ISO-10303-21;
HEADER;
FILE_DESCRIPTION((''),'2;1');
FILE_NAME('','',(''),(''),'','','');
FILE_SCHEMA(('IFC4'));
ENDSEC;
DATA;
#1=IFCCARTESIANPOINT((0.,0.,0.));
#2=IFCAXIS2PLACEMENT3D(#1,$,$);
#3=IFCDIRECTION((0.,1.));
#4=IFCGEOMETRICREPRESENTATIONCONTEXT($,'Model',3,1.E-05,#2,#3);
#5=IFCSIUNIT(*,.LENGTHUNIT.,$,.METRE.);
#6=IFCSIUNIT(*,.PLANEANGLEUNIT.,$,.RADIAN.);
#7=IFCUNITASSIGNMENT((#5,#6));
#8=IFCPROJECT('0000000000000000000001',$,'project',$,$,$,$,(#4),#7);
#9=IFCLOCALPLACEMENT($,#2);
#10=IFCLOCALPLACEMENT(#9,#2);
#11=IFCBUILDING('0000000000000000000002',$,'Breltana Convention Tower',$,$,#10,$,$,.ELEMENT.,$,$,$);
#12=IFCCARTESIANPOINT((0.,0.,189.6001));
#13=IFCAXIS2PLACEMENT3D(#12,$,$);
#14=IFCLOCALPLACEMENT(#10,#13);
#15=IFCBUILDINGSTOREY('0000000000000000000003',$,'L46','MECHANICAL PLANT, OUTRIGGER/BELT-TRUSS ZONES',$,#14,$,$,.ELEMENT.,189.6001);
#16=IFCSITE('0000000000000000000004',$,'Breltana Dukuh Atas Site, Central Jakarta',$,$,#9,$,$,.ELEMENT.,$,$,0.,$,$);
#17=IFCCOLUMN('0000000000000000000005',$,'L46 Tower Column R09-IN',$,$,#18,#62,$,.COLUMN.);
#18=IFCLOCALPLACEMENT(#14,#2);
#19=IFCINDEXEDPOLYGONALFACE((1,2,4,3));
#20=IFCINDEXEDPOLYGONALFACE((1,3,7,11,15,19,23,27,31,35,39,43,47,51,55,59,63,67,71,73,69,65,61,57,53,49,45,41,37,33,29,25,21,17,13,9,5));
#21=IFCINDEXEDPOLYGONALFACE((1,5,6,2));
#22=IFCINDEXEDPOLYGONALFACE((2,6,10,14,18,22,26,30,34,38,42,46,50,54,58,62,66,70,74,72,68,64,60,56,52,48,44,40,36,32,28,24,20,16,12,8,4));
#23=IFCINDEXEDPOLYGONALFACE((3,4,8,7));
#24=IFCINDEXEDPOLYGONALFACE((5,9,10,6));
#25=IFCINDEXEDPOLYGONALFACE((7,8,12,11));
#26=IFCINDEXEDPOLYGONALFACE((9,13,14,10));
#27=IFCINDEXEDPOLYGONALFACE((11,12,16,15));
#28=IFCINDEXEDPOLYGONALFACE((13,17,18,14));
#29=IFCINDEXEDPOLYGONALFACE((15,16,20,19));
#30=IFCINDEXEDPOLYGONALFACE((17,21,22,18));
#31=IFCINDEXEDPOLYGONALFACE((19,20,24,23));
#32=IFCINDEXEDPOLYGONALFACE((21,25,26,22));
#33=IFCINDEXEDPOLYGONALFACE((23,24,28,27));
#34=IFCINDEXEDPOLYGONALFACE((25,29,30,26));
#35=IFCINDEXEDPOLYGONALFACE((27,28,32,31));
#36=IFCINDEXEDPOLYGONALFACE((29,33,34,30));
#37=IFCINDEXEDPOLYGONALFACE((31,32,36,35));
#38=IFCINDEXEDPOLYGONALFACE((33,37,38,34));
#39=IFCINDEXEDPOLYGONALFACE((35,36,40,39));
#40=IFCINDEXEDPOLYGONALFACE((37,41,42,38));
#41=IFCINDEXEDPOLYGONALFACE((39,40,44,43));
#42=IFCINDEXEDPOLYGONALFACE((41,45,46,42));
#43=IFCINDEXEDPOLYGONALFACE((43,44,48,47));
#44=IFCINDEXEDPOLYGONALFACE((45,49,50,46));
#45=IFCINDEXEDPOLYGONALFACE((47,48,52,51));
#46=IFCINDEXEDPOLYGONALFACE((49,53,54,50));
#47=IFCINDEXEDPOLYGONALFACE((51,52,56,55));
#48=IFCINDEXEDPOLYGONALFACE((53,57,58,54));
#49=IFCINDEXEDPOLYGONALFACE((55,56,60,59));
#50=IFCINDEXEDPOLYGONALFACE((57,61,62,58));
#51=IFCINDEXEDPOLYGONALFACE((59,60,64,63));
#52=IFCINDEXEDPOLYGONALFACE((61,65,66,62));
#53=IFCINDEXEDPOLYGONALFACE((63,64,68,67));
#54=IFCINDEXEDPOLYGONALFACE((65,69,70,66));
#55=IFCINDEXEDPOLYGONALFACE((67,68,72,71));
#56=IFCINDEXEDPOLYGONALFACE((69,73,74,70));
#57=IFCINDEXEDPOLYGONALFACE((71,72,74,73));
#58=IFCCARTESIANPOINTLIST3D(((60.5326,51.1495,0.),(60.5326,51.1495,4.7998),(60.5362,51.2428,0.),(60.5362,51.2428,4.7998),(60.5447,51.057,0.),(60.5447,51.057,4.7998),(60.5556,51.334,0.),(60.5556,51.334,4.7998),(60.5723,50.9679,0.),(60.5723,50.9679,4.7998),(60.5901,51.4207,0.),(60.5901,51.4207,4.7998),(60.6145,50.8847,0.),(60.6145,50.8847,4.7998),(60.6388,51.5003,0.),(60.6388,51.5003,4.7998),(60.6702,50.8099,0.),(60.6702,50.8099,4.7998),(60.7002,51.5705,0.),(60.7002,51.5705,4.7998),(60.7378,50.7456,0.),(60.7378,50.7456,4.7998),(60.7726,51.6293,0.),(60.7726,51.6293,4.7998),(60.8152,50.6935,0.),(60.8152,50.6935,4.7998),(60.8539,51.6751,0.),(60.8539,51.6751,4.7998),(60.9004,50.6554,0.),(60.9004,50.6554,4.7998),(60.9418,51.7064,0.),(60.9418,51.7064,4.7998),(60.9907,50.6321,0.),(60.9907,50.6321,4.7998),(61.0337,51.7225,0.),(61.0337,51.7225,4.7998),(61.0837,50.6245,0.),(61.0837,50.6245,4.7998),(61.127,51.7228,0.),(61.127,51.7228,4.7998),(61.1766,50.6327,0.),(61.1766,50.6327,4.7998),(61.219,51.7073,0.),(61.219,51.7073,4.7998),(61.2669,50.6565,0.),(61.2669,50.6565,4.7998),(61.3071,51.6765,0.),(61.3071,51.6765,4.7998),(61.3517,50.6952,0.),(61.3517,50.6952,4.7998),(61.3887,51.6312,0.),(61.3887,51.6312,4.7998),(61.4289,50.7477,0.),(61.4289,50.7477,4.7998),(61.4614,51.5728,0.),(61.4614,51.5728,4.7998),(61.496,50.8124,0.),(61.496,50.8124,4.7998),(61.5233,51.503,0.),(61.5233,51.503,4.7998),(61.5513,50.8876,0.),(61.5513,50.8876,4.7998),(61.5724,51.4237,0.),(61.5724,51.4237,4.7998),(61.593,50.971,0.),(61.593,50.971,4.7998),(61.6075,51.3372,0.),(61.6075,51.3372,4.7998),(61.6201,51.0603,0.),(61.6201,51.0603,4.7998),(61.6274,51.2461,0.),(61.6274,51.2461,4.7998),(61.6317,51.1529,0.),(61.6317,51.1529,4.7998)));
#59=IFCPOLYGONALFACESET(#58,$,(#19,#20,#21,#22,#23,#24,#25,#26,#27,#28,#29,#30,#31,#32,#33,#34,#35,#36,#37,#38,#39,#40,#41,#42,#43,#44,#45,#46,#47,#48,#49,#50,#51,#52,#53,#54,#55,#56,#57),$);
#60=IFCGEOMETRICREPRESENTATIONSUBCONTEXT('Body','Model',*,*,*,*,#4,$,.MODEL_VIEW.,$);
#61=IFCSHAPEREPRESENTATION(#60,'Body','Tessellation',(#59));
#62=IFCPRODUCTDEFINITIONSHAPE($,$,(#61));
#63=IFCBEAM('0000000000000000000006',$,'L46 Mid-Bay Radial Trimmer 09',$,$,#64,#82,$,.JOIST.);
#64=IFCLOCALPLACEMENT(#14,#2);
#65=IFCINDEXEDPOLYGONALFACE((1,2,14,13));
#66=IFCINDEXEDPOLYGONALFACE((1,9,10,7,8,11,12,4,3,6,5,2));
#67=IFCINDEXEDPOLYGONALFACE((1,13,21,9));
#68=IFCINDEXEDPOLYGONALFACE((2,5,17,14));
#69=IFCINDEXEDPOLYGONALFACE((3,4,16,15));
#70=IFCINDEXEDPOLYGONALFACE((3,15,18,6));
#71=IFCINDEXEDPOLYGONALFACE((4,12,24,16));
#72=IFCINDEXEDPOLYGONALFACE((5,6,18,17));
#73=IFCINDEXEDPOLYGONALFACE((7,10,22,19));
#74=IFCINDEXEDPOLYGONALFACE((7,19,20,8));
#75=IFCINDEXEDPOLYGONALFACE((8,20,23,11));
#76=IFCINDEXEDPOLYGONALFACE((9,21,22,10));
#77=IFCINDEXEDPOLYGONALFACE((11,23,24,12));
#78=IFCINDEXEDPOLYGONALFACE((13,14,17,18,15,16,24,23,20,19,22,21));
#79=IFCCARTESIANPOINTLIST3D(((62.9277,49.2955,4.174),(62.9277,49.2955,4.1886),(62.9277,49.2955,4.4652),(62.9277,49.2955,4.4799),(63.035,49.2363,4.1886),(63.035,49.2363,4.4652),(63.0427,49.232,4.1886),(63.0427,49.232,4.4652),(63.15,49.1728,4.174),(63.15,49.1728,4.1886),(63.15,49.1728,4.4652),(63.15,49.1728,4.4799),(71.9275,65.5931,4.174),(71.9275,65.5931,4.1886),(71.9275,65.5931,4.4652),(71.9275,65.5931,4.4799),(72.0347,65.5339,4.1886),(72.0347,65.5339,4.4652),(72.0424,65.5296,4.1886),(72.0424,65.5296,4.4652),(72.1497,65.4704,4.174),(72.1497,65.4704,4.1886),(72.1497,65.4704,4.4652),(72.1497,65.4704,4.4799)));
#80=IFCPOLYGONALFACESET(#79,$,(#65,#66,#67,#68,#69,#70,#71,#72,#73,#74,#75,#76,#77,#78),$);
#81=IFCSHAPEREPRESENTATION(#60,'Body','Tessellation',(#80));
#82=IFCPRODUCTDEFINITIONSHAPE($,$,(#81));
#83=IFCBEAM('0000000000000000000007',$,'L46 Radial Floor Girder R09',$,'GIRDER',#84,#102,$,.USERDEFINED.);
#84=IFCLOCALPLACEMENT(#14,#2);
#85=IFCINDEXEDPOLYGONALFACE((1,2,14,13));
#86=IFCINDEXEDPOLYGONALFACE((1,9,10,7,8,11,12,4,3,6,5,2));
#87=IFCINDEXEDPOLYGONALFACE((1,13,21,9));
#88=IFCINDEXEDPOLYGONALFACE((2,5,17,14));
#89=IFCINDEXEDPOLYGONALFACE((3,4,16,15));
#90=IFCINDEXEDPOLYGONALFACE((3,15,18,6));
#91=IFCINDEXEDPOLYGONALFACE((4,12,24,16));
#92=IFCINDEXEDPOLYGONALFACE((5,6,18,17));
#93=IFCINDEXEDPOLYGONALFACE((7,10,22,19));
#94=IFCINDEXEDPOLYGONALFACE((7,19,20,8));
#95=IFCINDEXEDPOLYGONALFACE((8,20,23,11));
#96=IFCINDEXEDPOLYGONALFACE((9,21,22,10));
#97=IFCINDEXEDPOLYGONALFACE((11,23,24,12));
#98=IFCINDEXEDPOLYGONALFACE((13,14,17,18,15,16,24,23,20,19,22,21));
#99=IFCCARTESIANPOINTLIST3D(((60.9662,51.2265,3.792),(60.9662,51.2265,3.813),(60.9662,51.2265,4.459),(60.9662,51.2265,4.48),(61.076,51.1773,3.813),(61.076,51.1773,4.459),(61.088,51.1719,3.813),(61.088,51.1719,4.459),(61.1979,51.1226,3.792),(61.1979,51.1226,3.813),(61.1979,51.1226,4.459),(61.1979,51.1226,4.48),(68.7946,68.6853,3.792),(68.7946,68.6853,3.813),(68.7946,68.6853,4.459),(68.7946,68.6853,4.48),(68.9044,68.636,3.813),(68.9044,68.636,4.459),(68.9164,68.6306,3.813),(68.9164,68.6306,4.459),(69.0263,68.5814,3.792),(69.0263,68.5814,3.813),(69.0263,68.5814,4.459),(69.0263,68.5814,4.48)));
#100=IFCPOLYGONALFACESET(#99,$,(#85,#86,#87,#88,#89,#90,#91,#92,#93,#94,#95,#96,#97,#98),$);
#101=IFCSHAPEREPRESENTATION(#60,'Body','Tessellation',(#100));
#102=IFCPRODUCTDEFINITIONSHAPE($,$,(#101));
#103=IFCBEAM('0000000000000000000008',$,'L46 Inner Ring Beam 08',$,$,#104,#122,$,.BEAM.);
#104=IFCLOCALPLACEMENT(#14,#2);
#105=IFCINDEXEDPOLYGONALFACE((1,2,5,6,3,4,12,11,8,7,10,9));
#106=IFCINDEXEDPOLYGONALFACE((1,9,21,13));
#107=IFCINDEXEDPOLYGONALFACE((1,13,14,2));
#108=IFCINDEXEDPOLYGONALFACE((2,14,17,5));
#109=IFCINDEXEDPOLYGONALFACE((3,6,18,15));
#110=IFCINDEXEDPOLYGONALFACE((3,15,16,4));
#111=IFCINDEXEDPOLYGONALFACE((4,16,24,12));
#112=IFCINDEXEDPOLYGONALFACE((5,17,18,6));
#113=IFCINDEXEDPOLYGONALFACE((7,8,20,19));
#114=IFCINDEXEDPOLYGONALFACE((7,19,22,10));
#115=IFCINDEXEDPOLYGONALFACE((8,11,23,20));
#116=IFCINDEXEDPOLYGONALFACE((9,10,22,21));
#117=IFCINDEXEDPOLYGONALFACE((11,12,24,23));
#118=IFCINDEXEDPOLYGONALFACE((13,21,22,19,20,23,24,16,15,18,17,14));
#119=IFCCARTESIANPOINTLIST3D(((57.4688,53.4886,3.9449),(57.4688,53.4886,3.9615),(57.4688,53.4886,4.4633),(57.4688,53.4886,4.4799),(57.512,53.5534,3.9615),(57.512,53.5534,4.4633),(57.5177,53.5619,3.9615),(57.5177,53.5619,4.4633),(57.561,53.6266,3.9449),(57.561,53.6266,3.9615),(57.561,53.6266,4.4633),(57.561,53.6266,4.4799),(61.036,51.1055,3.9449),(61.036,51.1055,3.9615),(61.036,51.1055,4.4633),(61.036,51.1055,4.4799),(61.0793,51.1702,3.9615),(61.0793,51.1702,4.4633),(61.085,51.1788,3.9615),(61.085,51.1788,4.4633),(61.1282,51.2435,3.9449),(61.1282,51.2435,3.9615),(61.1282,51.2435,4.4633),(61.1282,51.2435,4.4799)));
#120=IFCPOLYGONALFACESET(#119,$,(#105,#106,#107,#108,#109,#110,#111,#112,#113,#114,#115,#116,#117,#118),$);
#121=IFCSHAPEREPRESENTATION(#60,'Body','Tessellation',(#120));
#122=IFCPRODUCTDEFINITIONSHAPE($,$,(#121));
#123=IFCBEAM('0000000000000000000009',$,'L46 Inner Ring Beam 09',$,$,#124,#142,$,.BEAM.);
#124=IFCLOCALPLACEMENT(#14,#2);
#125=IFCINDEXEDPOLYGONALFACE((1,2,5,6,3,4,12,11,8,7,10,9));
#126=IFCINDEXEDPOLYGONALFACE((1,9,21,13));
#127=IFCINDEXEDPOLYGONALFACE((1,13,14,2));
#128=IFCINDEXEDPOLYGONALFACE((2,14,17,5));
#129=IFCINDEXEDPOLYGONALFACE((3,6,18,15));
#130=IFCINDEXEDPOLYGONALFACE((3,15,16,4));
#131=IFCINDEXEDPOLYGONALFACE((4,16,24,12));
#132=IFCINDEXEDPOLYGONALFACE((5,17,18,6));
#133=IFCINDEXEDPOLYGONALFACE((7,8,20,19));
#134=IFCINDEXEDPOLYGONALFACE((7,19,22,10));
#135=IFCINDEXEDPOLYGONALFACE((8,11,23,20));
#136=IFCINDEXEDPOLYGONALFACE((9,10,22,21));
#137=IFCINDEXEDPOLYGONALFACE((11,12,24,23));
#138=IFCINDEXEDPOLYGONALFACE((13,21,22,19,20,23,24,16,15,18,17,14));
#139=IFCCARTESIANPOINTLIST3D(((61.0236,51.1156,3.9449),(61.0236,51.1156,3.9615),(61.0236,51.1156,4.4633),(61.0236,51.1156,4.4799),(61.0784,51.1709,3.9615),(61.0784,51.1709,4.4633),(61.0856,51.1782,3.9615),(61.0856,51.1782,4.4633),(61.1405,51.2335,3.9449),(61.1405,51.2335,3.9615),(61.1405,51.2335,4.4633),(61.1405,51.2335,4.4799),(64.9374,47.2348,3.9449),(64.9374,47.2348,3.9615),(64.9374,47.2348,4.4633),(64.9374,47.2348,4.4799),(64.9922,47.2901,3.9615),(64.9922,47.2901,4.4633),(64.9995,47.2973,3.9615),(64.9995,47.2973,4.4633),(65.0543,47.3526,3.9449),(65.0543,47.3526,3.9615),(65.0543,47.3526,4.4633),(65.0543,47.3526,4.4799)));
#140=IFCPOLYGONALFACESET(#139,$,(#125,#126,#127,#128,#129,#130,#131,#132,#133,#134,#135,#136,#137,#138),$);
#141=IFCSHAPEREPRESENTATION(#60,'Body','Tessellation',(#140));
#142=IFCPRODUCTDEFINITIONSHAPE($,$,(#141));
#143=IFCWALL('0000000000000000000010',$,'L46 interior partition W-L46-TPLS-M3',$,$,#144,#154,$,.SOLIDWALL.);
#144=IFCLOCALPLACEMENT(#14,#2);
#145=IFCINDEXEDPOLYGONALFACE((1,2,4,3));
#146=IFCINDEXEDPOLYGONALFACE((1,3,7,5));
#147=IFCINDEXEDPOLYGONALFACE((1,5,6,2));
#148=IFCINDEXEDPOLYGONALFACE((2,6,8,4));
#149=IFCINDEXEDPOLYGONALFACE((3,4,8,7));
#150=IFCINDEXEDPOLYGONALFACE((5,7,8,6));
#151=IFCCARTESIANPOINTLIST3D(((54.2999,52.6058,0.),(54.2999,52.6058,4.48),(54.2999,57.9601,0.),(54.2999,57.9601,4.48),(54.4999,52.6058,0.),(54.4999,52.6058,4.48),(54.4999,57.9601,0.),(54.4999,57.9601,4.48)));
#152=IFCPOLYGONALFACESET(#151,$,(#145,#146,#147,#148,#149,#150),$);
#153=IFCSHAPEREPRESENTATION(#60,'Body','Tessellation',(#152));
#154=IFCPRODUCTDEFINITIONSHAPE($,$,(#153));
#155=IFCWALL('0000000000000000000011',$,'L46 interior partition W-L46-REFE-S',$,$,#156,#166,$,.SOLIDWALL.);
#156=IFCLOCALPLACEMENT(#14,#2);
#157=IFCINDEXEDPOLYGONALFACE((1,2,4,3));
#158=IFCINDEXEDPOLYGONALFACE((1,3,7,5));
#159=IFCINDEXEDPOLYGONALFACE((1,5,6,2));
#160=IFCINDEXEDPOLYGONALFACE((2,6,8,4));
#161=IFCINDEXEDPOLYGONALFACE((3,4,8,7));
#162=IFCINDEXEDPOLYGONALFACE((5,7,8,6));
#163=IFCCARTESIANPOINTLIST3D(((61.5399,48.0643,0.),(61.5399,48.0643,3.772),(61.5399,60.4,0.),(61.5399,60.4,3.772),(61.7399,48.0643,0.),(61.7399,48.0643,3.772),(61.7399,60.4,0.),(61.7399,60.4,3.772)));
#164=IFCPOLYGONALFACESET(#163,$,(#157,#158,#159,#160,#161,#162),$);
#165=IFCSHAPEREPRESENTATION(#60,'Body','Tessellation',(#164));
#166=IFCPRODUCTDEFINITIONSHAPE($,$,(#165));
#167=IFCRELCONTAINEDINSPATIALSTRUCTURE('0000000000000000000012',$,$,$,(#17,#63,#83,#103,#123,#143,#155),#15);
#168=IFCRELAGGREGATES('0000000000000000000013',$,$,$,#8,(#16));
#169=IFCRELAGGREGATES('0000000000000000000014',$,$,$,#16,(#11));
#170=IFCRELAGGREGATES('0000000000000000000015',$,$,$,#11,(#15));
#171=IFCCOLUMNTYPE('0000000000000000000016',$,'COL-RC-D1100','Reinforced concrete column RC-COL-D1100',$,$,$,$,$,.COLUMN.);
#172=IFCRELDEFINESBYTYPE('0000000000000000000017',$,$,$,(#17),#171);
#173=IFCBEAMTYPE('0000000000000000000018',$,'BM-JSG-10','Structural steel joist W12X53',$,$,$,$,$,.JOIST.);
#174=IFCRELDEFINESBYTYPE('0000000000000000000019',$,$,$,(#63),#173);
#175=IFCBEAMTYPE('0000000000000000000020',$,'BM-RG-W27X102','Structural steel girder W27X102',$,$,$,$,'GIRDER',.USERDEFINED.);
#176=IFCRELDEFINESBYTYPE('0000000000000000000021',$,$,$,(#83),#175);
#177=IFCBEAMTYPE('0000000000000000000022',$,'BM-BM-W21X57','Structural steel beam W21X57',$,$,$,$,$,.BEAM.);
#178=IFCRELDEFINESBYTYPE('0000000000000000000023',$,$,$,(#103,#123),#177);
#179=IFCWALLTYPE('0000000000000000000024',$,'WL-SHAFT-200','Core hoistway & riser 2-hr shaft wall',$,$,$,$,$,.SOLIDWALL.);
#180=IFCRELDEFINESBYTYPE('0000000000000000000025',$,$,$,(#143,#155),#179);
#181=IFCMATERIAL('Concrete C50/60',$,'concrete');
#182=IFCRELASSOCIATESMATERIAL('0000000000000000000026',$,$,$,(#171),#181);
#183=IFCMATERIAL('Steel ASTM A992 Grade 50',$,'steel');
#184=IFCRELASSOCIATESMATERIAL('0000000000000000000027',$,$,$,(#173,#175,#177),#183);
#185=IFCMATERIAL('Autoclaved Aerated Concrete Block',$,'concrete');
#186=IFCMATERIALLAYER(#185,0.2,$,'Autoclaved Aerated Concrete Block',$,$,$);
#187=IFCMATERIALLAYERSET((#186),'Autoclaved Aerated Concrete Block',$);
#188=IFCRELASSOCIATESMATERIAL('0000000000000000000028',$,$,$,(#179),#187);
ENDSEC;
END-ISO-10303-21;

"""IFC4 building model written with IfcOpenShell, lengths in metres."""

from ifc_helpers import new_model, si_unit, direction, frame, frame_2d, origin, origin_2d, place, context, subcontext, project, spatial, rectangle, circle, i_section, extrude, source, transform, mapped, material, layer, layer_set, material_profile, profile_set, type_object, element, save


model = new_model("IFC4")

# Units and contexts
model_context = context("Model", 3, precision=1e-05, world=origin(), true_north=direction((0.0, 1.0)))
body_context = subcontext(model_context, "Body", "Model", "MODEL_VIEW")
ifc_project = project(units=[si_unit("LENGTHUNIT", "METRE"), si_unit("PLANEANGLEUNIT", "RADIAN")], contexts=[model_context])

# Site, building, storey
site_placement = place(None, origin())
site = spatial("IfcSite", under=ifc_project, at=site_placement, Name="Breltana Dukuh Atas Site, Central Jakarta", CompositionType="ELEMENT", RefElevation=0.0)
building_placement = place(site_placement, origin())
building = spatial("IfcBuilding", under=site, at=building_placement, Name="Breltana Convention Tower", CompositionType="ELEMENT")
storey_placement = place(building_placement, frame((0.0, 0.0, 189.6001)))
storey = spatial("IfcBuildingStorey", under=building, at=storey_placement, Name="L46", Description="MECHANICAL PLANT, OUTRIGGER/BELT-TRUSS ZONES", CompositionType="ELEMENT", Elevation=189.6001)

# Column
ifc_material_1 = material(Name="Concrete C50/60", Category="concrete")
ifc_material_profile_1 = material_profile(ifc_material_1, circle(Radius=0.55, at=origin_2d()), Name="RC-COL-D1100")
ifc_profile_set_1 = profile_set([ifc_material_profile_1], Name="Concrete C50/60")
column_type = type_object("IfcColumnType", Name="COL-RC-D1100", Description="Reinforced concrete column RC-COL-D1100", PredefinedType="COLUMN", material=ifc_profile_set_1)
shared_shape_1 = source(origin(), body_context, "Body", "SweptSolid", [
    extrude(circle(Radius=0.55, at=origin_2d()), origin(), (0.0, 0.0, 1.0), 4.7998),
])
for number, where, z_axis, x_axis, name in (
    (1, (61.082, 51.1746, 0.0), (0.0, 0.0, 1.0), (0.409127, 0.912477, 0.0), "L46 Tower Column R09-IN"),
):
    element("IfcColumn", number, at=place(storey_placement, frame(where, z_axis=z_axis, x_axis=x_axis)), inside=storey, type_object=column_type, Name=name, PredefinedType="COLUMN", context=body_context, shape_type="MappedRepresentation", body=[
        mapped(shared_shape_1, transform((0.0, 0.0, 0.0), scale=1.0)),
    ])

# Beams
ifc_material_2 = material(Name="Steel ASTM A992 Grade 50", Category="steel")
ifc_material_profile_2 = material_profile(ifc_material_2, i_section(OverallWidth=0.2539, OverallDepth=0.3059, WebThickness=0.0088, FlangeThickness=0.0146, at=origin_2d()), Name="W12X53")
ifc_profile_set_2 = profile_set([ifc_material_profile_2], Name="Steel ASTM A992 Grade 50")
beam_type_1 = type_object("IfcBeamType", Name="BM-JSG-10", Description="Structural steel joist W12X53", PredefinedType="JOIST", material=ifc_profile_set_2)
shared_shape_2 = source(origin(), body_context, "Body", "SweptSolid", [
    extrude(i_section(OverallWidth=0.2539, OverallDepth=0.3059, WebThickness=0.0088, FlangeThickness=0.0146, at=origin_2d()), origin(), (0.0, 0.0, 1.0), 18.6174),
])
beam_1_placement = place(storey_placement, frame((63.0388, 49.2341, 4.3269), z_axis=(0.483406, 0.875396, 0.0), x_axis=(-0.875396, 0.483406, 0.0)))
element("IfcBeam", 2, at=beam_1_placement, inside=storey, type_object=beam_type_1, Name="L46 Mid-Bay Radial Trimmer 09", PredefinedType="JOIST", context=body_context, shape_type="MappedRepresentation", body=[
    mapped(shared_shape_2, transform((0.0, 0.0, 0.0), scale=1.0)),
])
ifc_material_profile_3 = material_profile(ifc_material_2, i_section(OverallWidth=0.2539, OverallDepth=0.688, WebThickness=0.0132, FlangeThickness=0.021, at=origin_2d()), Name="W27X102")
ifc_profile_set_3 = profile_set([ifc_material_profile_3], Name="Steel ASTM A992 Grade 50")
beam_type_2 = type_object("IfcBeamType", Name="BM-RG-W27X102", Description="Structural steel girder W27X102", ElementType="GIRDER", PredefinedType="USERDEFINED", material=ifc_profile_set_3)
shared_shape_3 = source(origin(), body_context, "Body", "SweptSolid", [
    extrude(i_section(OverallWidth=0.2539, OverallDepth=0.688, WebThickness=0.0132, FlangeThickness=0.021, at=origin_2d()), origin(), (0.0, 0.0, 1.0), 19.1335),
])
beam_2_placement = place(storey_placement, frame((61.082, 51.1746, 4.136), z_axis=(0.409145, 0.91247, 0.0), x_axis=(-0.91247, 0.409145, 0.0)))
element("IfcBeam", 3, at=beam_2_placement, inside=storey, type_object=beam_type_2, Name="L46 Radial Floor Girder R09", ObjectType="GIRDER", PredefinedType="USERDEFINED", context=body_context, shape_type="MappedRepresentation", body=[
    mapped(shared_shape_3, transform((0.0, 0.0, 0.0), scale=1.0)),
])
ifc_material_profile_4 = material_profile(ifc_material_2, i_section(OverallWidth=0.166, OverallDepth=0.5349, WebThickness=0.0103, FlangeThickness=0.0166, at=origin_2d()), Name="W21X57")
ifc_profile_set_4 = profile_set([ifc_material_profile_4], Name="Steel ASTM A992 Grade 50")
beam_type_3 = type_object("IfcBeamType", Name="BM-BM-W21X57", Description="Structural steel beam W21X57", PredefinedType="BEAM", material=ifc_profile_set_4)
shared_shape_4 = source(origin(), body_context, "Body", "SweptSolid", [
    extrude(i_section(OverallWidth=0.166, OverallDepth=0.5349, WebThickness=0.0103, FlangeThickness=0.0166, at=origin_2d()), origin(), (0.0, 0.0, 1.0), 4.29),
])
beam_3_placement = place(storey_placement, frame((57.5149, 53.5576, 4.2124), z_axis=(0.831516, -0.555501, 0.0), x_axis=(0.555501, 0.831516, 0.0)))
element("IfcBeam", 4, at=beam_3_placement, inside=storey, type_object=beam_type_3, Name="L46 Inner Ring Beam 08", PredefinedType="BEAM", context=body_context, shape_type="MappedRepresentation", body=[
    mapped(shared_shape_4, transform((0.0, 0.0, 0.0), scale=1.0)),
])
shared_shape_5 = source(origin(), body_context, "Body", "SweptSolid", [
    extrude(i_section(OverallWidth=0.166, OverallDepth=0.5349, WebThickness=0.0103, FlangeThickness=0.0166, at=origin_2d()), origin(), (0.0, 0.0, 1.0), 5.5117),
])
beam_4_placement = place(storey_placement, frame((61.082, 51.1746, 4.2124), z_axis=(0.71009, -0.704111, 0.0), x_axis=(0.704111, 0.71009, 0.0)))
element("IfcBeam", 5, at=beam_4_placement, inside=storey, type_object=beam_type_3, Name="L46 Inner Ring Beam 09", PredefinedType="BEAM", context=body_context, shape_type="MappedRepresentation", body=[
    mapped(shared_shape_5, transform((0.0, 0.0, 0.0), scale=1.0)),
])

# Walls
ifc_material_3 = material(Name="Autoclaved Aerated Concrete Block", Category="concrete")
ifc_layer = layer(ifc_material_3, 0.2, Name="Autoclaved Aerated Concrete Block")
ifc_layer_set = layer_set([ifc_layer], Name="Autoclaved Aerated Concrete Block")
wall_type = type_object("IfcWallType", Name="WL-SHAFT-200", Description="Core hoistway & riser 2-hr shaft wall", PredefinedType="SOLIDWALL", material=ifc_layer_set)
shared_shape_6 = source(origin(), body_context, "Body", "SweptSolid", [
    extrude(rectangle(XDim=5.3542, YDim=0.2, at=frame_2d((2.6772, 0.0))), origin(), (0.0, 0.0, 1.0), 4.48),
])
wall_1_placement = place(storey_placement, frame((54.3999, 52.6057, 0.0), z_axis=(0.0, 0.0, 1.0), x_axis=(0.0, 1.0, 0.0)))
element("IfcWall", 6, at=wall_1_placement, inside=storey, type_object=wall_type, Name="L46 interior partition W-L46-TPLS-M3", PredefinedType="SOLIDWALL", context=body_context, shape_type="MappedRepresentation", body=[
    mapped(shared_shape_6, transform((0.0, 0.0, 0.0), scale=1.0)),
])
shared_shape_7 = source(origin(), body_context, "Body", "SweptSolid", [
    extrude(rectangle(XDim=12.3357, YDim=0.2, at=frame_2d((6.168, 0.0))), origin(), (0.0, 0.0, 1.0), 3.772),
])
wall_2_placement = place(storey_placement, frame((61.6399, 48.0642, 0.0), z_axis=(0.0, 0.0, 1.0), x_axis=(0.0, 1.0, 0.0)))
element("IfcWall", 7, at=wall_2_placement, inside=storey, type_object=wall_type, Name="L46 interior partition W-L46-REFE-S", PredefinedType="SOLIDWALL", context=body_context, shape_type="MappedRepresentation", body=[
    mapped(shared_shape_7, transform((0.0, 0.0, 0.0), scale=1.0)),
])

save(model, "model.ifc")
